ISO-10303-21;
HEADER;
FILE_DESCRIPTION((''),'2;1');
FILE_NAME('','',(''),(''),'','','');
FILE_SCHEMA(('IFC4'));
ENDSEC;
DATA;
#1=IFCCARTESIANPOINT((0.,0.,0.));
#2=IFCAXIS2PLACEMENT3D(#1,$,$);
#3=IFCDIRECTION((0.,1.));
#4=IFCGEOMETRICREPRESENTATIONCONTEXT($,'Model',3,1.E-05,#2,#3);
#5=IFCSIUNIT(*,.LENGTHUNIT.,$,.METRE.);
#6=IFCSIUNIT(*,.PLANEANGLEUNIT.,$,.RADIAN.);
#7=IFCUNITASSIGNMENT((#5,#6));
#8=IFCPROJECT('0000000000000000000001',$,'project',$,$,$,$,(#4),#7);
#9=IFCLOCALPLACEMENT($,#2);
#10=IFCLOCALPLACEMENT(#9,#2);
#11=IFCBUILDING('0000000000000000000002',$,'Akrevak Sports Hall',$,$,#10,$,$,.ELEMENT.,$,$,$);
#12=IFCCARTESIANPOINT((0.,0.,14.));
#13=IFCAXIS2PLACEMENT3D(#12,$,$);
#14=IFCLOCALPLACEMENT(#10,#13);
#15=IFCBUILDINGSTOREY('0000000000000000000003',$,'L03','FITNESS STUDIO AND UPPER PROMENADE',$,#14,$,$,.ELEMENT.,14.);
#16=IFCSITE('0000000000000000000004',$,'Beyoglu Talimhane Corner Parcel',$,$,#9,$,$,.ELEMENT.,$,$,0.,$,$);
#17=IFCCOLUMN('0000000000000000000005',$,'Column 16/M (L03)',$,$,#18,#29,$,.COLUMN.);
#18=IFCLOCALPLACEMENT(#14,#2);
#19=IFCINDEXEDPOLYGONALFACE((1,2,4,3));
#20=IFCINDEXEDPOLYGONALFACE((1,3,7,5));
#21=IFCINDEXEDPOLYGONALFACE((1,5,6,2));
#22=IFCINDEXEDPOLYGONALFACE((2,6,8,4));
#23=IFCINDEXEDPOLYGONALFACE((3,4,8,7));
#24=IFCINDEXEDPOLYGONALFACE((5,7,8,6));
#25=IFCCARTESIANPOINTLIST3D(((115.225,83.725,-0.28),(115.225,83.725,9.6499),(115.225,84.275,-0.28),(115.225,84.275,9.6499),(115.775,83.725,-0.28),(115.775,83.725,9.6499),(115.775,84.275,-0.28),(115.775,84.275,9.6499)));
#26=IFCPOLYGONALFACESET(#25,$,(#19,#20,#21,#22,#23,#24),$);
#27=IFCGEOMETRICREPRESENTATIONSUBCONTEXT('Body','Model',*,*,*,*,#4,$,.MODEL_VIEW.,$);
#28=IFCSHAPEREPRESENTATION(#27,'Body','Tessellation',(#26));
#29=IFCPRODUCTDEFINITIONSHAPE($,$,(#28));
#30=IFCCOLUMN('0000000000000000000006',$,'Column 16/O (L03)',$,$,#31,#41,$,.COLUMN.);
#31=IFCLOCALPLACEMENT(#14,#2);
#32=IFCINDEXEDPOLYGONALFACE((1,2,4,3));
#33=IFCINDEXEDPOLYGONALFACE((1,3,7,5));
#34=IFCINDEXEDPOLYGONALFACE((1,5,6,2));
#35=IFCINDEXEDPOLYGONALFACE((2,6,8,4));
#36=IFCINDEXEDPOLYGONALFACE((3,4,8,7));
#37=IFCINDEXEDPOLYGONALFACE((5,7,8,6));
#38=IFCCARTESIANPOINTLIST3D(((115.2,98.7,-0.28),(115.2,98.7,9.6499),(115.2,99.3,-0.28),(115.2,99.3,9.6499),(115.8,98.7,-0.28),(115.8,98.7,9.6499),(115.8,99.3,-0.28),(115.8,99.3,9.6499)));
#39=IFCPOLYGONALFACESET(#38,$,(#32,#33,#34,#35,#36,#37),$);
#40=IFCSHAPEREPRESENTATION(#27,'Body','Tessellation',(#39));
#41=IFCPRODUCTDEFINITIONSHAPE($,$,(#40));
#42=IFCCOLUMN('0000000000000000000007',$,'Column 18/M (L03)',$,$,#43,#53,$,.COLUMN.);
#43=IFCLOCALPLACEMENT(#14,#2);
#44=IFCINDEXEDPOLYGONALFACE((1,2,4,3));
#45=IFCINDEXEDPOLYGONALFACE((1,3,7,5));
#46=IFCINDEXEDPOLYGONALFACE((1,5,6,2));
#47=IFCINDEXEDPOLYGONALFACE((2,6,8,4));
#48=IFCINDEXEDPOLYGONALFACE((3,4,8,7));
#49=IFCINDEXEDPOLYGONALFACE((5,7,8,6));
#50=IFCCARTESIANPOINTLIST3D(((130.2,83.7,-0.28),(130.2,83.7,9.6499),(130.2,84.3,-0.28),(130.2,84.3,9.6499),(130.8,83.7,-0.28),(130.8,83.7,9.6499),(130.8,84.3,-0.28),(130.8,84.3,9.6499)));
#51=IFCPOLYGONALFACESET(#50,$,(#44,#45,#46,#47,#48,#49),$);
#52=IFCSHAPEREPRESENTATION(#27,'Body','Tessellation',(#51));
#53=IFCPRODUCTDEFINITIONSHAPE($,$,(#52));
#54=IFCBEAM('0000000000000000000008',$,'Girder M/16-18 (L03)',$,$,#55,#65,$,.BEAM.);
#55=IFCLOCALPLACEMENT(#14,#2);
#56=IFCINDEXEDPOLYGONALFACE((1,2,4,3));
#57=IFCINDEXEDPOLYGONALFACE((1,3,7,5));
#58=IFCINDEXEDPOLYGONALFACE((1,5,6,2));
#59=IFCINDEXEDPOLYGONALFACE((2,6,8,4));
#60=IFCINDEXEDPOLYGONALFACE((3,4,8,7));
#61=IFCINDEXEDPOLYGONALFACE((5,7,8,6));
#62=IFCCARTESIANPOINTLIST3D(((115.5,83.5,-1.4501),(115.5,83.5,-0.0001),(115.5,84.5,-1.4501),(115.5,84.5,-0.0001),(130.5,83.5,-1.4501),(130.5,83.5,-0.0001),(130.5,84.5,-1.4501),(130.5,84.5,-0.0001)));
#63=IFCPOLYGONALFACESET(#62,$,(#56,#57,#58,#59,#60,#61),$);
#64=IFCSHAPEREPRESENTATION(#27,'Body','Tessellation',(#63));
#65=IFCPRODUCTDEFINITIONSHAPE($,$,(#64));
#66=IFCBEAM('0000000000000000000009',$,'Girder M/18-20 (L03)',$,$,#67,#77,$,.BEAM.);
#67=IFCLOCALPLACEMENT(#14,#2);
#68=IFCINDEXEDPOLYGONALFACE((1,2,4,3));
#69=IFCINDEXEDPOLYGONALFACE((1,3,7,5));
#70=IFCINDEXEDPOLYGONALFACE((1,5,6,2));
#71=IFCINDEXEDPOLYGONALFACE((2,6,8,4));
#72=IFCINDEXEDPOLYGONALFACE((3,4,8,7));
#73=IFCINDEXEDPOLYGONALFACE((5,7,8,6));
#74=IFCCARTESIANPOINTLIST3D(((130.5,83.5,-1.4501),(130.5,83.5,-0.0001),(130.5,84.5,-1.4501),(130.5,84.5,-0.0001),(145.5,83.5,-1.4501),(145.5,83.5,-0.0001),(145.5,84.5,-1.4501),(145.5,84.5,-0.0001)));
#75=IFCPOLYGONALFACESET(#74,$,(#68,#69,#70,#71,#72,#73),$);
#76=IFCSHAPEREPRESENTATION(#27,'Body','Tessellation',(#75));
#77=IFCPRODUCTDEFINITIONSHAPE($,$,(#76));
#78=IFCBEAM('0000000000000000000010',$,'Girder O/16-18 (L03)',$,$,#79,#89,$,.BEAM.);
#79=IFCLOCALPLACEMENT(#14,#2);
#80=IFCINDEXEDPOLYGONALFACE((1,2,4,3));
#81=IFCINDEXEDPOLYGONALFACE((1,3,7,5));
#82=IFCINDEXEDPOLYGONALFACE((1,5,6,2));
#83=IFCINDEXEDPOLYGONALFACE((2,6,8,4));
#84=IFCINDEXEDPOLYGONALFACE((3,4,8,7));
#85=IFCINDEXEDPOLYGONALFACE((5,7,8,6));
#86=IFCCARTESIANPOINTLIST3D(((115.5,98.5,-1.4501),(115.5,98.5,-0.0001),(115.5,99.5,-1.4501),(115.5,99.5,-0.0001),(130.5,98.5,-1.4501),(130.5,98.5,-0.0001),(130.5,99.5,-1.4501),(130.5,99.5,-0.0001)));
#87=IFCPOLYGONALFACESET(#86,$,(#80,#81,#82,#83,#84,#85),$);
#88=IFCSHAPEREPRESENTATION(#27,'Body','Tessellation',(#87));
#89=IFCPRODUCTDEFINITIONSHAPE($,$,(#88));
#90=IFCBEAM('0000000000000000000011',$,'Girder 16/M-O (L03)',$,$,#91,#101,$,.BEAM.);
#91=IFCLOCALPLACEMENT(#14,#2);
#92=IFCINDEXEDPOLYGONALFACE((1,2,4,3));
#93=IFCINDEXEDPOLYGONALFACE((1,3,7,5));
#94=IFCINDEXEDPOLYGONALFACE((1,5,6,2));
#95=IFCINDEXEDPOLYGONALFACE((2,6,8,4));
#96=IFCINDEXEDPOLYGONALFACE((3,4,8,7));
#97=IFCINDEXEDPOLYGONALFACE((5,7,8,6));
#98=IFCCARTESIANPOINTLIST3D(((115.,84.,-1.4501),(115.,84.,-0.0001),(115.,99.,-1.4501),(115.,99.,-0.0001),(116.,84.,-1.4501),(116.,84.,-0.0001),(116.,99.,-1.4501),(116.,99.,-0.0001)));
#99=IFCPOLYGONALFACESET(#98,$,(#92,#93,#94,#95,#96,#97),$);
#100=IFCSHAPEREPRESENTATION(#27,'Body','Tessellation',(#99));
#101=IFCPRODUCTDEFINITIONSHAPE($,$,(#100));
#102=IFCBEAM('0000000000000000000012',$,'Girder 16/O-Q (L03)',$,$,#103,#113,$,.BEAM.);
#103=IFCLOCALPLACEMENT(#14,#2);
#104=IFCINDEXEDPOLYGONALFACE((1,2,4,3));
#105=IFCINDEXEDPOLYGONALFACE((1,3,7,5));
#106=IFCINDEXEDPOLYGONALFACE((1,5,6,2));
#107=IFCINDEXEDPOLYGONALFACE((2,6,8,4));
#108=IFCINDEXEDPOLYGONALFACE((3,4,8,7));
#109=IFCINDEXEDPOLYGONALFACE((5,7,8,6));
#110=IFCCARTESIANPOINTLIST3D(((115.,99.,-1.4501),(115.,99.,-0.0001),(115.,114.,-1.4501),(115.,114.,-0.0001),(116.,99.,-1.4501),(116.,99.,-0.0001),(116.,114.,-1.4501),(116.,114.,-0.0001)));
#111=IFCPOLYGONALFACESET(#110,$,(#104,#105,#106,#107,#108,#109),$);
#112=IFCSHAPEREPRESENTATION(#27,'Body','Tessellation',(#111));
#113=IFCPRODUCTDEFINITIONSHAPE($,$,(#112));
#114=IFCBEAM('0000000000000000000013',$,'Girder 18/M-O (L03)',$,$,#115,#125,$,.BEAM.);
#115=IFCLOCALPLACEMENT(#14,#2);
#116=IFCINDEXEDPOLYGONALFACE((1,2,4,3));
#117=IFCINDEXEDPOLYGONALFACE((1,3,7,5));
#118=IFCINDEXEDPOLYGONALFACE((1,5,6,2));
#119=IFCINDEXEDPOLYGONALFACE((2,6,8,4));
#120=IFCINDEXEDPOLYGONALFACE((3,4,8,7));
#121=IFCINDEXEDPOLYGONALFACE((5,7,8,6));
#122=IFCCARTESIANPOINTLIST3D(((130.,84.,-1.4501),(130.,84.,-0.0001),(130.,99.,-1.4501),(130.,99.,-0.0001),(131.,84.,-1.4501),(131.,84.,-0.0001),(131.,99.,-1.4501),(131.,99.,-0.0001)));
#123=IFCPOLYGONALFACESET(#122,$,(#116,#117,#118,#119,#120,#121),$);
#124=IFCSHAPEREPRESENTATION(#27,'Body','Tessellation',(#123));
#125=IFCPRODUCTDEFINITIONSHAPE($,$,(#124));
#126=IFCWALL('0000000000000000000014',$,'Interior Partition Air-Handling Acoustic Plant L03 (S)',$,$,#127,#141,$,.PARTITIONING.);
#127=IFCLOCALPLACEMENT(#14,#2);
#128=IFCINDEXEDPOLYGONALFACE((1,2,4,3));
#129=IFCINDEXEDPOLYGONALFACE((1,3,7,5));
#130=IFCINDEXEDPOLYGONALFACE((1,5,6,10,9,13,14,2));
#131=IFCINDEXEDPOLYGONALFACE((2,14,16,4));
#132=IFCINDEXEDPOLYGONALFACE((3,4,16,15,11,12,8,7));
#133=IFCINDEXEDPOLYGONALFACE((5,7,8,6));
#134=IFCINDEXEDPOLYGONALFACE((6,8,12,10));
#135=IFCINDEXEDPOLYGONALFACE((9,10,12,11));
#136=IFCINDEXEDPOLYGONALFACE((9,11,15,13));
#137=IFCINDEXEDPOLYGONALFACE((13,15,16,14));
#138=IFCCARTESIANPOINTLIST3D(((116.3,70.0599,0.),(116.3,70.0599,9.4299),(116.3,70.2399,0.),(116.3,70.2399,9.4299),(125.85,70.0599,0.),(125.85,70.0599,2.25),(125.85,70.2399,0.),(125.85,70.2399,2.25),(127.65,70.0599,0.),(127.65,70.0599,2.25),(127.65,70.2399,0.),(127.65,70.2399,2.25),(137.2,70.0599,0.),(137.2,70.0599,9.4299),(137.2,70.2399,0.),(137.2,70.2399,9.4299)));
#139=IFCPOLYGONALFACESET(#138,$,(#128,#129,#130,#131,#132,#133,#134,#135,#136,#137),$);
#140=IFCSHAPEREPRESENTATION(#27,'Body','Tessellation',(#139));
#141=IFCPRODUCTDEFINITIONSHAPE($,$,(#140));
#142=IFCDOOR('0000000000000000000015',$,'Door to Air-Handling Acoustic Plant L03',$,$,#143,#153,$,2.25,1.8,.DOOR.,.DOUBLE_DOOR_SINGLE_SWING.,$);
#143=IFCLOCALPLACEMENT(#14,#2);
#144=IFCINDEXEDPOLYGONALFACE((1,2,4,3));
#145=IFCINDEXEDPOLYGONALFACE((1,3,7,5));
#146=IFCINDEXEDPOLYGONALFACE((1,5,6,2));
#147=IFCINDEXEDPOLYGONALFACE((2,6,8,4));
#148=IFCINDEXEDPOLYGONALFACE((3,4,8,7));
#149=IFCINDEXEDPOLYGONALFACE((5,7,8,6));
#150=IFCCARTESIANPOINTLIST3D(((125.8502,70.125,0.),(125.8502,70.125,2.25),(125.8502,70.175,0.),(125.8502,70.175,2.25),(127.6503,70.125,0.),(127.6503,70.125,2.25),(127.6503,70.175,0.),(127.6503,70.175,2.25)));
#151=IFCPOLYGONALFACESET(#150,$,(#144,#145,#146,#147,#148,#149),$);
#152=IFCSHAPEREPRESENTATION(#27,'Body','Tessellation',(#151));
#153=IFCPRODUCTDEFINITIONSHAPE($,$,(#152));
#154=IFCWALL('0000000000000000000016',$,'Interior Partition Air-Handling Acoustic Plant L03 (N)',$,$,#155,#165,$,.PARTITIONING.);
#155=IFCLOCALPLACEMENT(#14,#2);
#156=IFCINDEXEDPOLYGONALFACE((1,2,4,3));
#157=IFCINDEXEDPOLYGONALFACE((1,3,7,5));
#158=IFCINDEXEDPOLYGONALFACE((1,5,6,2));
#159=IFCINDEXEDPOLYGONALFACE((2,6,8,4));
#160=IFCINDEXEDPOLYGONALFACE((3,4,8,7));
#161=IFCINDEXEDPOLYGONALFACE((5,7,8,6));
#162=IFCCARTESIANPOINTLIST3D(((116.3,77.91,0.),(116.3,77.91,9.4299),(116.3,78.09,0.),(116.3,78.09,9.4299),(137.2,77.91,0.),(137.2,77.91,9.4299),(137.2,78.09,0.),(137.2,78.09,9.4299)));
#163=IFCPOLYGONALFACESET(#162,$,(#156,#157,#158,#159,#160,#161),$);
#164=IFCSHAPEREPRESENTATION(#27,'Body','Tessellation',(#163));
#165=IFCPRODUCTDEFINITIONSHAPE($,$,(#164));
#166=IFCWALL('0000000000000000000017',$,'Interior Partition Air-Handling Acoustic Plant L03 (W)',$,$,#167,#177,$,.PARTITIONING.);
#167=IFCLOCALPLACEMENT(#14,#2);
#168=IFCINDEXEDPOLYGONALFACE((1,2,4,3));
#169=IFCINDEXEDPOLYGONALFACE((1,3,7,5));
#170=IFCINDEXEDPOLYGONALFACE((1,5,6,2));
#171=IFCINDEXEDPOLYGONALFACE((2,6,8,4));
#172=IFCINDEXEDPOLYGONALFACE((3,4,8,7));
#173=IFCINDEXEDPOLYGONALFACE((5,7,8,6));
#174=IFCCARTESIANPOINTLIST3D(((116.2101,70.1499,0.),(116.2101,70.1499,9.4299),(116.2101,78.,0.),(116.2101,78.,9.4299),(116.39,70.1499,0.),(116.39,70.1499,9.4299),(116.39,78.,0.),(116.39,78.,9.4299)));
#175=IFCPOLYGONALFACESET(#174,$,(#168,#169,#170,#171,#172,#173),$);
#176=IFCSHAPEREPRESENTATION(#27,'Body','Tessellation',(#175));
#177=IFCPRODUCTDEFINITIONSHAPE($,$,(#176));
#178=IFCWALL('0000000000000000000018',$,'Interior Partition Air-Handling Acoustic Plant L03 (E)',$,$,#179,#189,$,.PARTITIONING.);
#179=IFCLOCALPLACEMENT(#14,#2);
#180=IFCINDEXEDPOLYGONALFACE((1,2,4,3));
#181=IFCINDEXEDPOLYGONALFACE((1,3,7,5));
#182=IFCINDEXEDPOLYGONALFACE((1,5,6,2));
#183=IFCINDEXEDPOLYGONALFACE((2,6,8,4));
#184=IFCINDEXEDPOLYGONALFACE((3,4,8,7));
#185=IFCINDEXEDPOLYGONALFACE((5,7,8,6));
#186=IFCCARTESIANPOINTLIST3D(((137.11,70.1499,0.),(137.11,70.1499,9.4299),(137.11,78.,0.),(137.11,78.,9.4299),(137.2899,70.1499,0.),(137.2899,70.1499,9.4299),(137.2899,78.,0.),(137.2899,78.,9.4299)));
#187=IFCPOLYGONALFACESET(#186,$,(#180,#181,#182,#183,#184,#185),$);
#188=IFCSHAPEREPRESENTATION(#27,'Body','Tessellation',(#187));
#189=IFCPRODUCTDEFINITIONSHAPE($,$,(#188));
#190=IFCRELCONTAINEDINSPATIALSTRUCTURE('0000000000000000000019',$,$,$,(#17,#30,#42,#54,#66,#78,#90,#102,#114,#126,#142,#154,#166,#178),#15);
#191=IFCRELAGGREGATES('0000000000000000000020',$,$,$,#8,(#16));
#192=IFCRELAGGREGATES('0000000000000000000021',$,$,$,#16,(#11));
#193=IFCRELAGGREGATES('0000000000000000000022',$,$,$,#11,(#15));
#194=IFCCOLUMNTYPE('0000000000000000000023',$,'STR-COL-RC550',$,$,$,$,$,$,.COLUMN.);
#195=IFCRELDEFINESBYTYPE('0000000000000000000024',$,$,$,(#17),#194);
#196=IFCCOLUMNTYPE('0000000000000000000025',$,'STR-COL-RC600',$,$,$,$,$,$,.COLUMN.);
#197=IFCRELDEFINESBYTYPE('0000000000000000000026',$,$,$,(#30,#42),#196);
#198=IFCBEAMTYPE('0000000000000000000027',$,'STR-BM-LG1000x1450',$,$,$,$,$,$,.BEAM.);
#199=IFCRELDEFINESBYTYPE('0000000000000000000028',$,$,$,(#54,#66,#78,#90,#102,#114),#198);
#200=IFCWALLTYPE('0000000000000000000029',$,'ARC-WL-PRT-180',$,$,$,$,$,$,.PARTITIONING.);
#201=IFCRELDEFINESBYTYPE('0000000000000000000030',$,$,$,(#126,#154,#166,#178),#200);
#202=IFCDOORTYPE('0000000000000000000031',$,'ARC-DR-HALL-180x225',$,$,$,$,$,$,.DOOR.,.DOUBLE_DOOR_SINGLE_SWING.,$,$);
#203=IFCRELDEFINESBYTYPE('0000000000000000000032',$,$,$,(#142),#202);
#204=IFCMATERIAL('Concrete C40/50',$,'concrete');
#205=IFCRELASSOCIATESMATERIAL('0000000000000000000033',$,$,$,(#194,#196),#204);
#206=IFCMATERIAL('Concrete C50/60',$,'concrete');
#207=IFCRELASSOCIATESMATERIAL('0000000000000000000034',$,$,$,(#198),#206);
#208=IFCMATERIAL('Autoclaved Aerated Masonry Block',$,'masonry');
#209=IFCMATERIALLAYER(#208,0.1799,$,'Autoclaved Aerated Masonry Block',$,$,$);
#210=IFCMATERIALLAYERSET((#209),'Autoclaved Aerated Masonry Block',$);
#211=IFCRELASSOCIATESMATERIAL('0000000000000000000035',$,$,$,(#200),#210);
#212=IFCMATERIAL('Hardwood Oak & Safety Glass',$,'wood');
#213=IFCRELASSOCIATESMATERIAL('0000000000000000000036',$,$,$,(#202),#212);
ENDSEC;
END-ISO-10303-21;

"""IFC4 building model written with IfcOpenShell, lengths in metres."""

from ifc_helpers import new_model, si_unit, direction, frame, frame_2d, origin, origin_2d, place, context, subcontext, project, spatial, rectangle, extrude, material, layer, layer_set, material_profile, profile_set, type_object, element, fill, save


model = new_model("IFC4")

# Units and contexts
model_context = context("Model", 3, precision=1e-05, world=origin(), true_north=direction((0.0, 1.0)))
body_context = subcontext(model_context, "Body", "Model", "MODEL_VIEW")
ifc_project = project(units=[si_unit("LENGTHUNIT", "METRE"), si_unit("PLANEANGLEUNIT", "RADIAN")], contexts=[model_context])

# Site, building, storey
site_placement = place(None, origin())
site = spatial("IfcSite", under=ifc_project, at=site_placement, Name="Beyoglu Talimhane Corner Parcel", CompositionType="ELEMENT", RefElevation=0.0)
building_placement = place(site_placement, origin())
building = spatial("IfcBuilding", under=site, at=building_placement, Name="Akrevak Sports Hall", CompositionType="ELEMENT")
storey_placement = place(building_placement, frame((0.0, 0.0, 14.0)))
storey = spatial("IfcBuildingStorey", under=building, at=storey_placement, Name="L03", Description="FITNESS STUDIO AND UPPER PROMENADE", CompositionType="ELEMENT", Elevation=14.0)

# Columns
ifc_material_1 = material(Name="Concrete C40/50", Category="concrete")
ifc_material_profile_1 = material_profile(ifc_material_1, rectangle(XDim=0.55, YDim=0.55, at=origin_2d()), Name="RC 550x550", Category="concrete")
ifc_profile_set_1 = profile_set([ifc_material_profile_1], Name="Concrete C40/50")
column_type_1 = type_object("IfcColumnType", Name="STR-COL-RC550", PredefinedType="COLUMN", material=ifc_profile_set_1)
column_placement = place(storey_placement, frame((115.5, 84.0, -0.28), z_axis=(0.0, 0.0, 1.0), x_axis=(1.0, 0.0, 0.0)))
element("IfcColumn", 1, at=column_placement, inside=storey, type_object=column_type_1, Name="Column 16/M (L03)", PredefinedType="COLUMN", context=body_context, shape_type="SweptSolid", body=[
    extrude(rectangle(XDim=0.55, YDim=0.55, at=origin_2d()), origin(), (0.0, 0.0, 1.0), 9.9299),
])
ifc_material_profile_2 = material_profile(ifc_material_1, rectangle(XDim=0.6001, YDim=0.6001, at=origin_2d()), Name="RC 600x600", Category="concrete")
ifc_profile_set_2 = profile_set([ifc_material_profile_2], Name="Concrete C40/50")
column_type_2 = type_object("IfcColumnType", Name="STR-COL-RC600", PredefinedType="COLUMN", material=ifc_profile_set_2)
for number, where, z_axis, x_axis, name in (
    (2, (115.5, 99.0, -0.28), (0.0, 0.0, 1.0), (1.0, 0.0, 0.0), "Column 16/O (L03)"),
    (3, (130.5, 84.0, -0.28), (0.0, 0.0, 1.0), (1.0, 0.0, 0.0), "Column 18/M (L03)"),
):
    element("IfcColumn", number, at=place(storey_placement, frame(where, z_axis=z_axis, x_axis=x_axis)), inside=storey, type_object=column_type_2, Name=name, PredefinedType="COLUMN", context=body_context, shape_type="SweptSolid", body=[
        extrude(rectangle(XDim=0.6001, YDim=0.6001, at=origin_2d()), origin(), (0.0, 0.0, 1.0), 9.9299),
    ])

# Beams
ifc_material_2 = material(Name="Concrete C50/60", Category="concrete")
ifc_material_profile_3 = material_profile(ifc_material_2, rectangle(XDim=1.0, YDim=1.45, at=origin_2d()), Name="BM 1000x1450", Category="concrete")
ifc_profile_set_3 = profile_set([ifc_material_profile_3], Name="Concrete C50/60")
beam_type = type_object("IfcBeamType", Name="STR-BM-LG1000x1450", PredefinedType="BEAM", material=ifc_profile_set_3)
for number, where, z_axis, x_axis, name in (
    (4, (115.5, 84.0, -0.7251), (1.0, 0.0, 0.0), (0.0, 1.0, 0.0), "Girder M/16-18 (L03)"),
    (5, (130.5, 84.0, -0.7251), (1.0, 0.0, 0.0), (0.0, 1.0, 0.0), "Girder M/18-20 (L03)"),
    (6, (115.5, 99.0, -0.7251), (1.0, 0.0, 0.0), (0.0, 1.0, 0.0), "Girder O/16-18 (L03)"),
    (7, (115.5, 84.0, -0.7251), (0.0, 1.0, 0.0), (-1.0, 0.0, 0.0), "Girder 16/M-O (L03)"),
    (8, (115.5, 99.0, -0.7251), (0.0, 1.0, 0.0), (-1.0, 0.0, 0.0), "Girder 16/O-Q (L03)"),
    (9, (130.5, 84.0, -0.7251), (0.0, 1.0, 0.0), (-1.0, 0.0, 0.0), "Girder 18/M-O (L03)"),
):
    element("IfcBeam", number, at=place(storey_placement, frame(where, z_axis=z_axis, x_axis=x_axis)), inside=storey, type_object=beam_type, Name=name, PredefinedType="BEAM", context=body_context, shape_type="SweptSolid", body=[
        extrude(rectangle(XDim=1.0, YDim=1.45, at=origin_2d()), origin(), (0.0, 0.0, 1.0), 15.0),
    ])

# Wall, opening, door
ifc_material_3 = material(Name="Autoclaved Aerated Masonry Block", Category="masonry")
ifc_layer_1 = layer(ifc_material_3, 0.1799, Name="Autoclaved Aerated Masonry Block")
ifc_layer_set_1 = layer_set([ifc_layer_1], Name="Autoclaved Aerated Masonry Block")
wall_type_1 = type_object("IfcWallType", Name="ARC-WL-PRT-180", PredefinedType="PARTITIONING", material=ifc_layer_set_1)
wall_1_placement = place(storey_placement, frame((116.3, 70.1499, 0.0), z_axis=(0.0, 0.0, 1.0), x_axis=(1.0, 0.0, 0.0)))
wall_1 = element("IfcWall", 10, at=wall_1_placement, inside=storey, type_object=wall_type_1, Name="Interior Partition Air-Handling Acoustic Plant L03 (S)", PredefinedType="PARTITIONING", context=body_context, shape_type="SweptSolid", body=[
    extrude(rectangle(XDim=20.8999, YDim=0.1799, at=frame_2d((10.45, 0.0))), origin(), (0.0, 0.0, 1.0), 9.4299),
])
opening_1_placement = place(wall_1_placement, frame((9.55, 0.0, 0.0)))
opening_1 = element("IfcOpeningElement", 11, at=opening_1_placement, cuts=wall_1, PredefinedType="OPENING", context=body_context, shape_type="SweptSolid", body=[
    extrude(rectangle(XDim=1.8, YDim=2.25, at=frame_2d((0.8999, 1.125))), frame((0.0, 0.1021, 0.0), z_axis=(0.0, -1.0, 0.0), x_axis=(1.0, 0.0, 0.0)), (0.0, 0.0, 1.0), 0.2039),
])
ifc_material_4 = material(Name="Hardwood Oak & Safety Glass", Category="wood")
door_type_1 = type_object("IfcDoorType", Name="ARC-DR-HALL-180x225", OperationType="DOUBLE_DOOR_SINGLE_SWING", PredefinedType="DOOR", material=ifc_material_4)
door_1_placement = place(opening_1_placement, frame((1.8, 0.0, 0.0), z_axis=(0.0, 0.0, 1.0), x_axis=(-1.0, 0.0, 0.0)))
door_1 = element("IfcDoor", 12, at=door_1_placement, inside=storey, type_object=door_type_1, Name="Door to Air-Handling Acoustic Plant L03", OperationType="DOUBLE_DOOR_SINGLE_SWING", OverallHeight=2.25, OverallWidth=1.8, PredefinedType="DOOR", context=body_context, shape_type="SweptSolid", body=[
    extrude(rectangle(XDim=1.8, YDim=2.25, at=frame_2d((0.8999, 1.125))), frame((0.0, 0.0249, 0.0), z_axis=(0.0, -1.0, 0.0), x_axis=(1.0, 0.0, 0.0)), (0.0, 0.0, 1.0), 0.05),
])
fill(opening_1, door_1)

# Walls
wall_2_placement = place(storey_placement, frame((116.3, 78.0, 0.0), z_axis=(0.0, 0.0, 1.0), x_axis=(1.0, 0.0, 0.0)))
element("IfcWall", 13, at=wall_2_placement, inside=storey, type_object=wall_type_1, Name="Interior Partition Air-Handling Acoustic Plant L03 (N)", PredefinedType="PARTITIONING", context=body_context, shape_type="SweptSolid", body=[
    extrude(rectangle(XDim=20.8999, YDim=0.1799, at=frame_2d((10.45, 0.0))), origin(), (0.0, 0.0, 1.0), 9.4299),
])
for number, where, z_axis, x_axis, name in (
    (14, (116.3, 70.1499, 0.0), (0.0, 0.0, 1.0), (0.0, 1.0, 0.0), "Interior Partition Air-Handling Acoustic Plant L03 (W)"),
    (15, (137.2, 70.1499, 0.0), (0.0, 0.0, 1.0), (0.0, 1.0, 0.0), "Interior Partition Air-Handling Acoustic Plant L03 (E)"),
):
    element("IfcWall", number, at=place(storey_placement, frame(where, z_axis=z_axis, x_axis=x_axis)), inside=storey, type_object=wall_type_1, Name=name, PredefinedType="PARTITIONING", context=body_context, shape_type="SweptSolid", body=[
        extrude(rectangle(XDim=7.8501, YDim=0.1799, at=frame_2d((3.925, 0.0))), origin(), (0.0, 0.0, 1.0), 9.4299),
    ])

save(model, "model.ifc")
